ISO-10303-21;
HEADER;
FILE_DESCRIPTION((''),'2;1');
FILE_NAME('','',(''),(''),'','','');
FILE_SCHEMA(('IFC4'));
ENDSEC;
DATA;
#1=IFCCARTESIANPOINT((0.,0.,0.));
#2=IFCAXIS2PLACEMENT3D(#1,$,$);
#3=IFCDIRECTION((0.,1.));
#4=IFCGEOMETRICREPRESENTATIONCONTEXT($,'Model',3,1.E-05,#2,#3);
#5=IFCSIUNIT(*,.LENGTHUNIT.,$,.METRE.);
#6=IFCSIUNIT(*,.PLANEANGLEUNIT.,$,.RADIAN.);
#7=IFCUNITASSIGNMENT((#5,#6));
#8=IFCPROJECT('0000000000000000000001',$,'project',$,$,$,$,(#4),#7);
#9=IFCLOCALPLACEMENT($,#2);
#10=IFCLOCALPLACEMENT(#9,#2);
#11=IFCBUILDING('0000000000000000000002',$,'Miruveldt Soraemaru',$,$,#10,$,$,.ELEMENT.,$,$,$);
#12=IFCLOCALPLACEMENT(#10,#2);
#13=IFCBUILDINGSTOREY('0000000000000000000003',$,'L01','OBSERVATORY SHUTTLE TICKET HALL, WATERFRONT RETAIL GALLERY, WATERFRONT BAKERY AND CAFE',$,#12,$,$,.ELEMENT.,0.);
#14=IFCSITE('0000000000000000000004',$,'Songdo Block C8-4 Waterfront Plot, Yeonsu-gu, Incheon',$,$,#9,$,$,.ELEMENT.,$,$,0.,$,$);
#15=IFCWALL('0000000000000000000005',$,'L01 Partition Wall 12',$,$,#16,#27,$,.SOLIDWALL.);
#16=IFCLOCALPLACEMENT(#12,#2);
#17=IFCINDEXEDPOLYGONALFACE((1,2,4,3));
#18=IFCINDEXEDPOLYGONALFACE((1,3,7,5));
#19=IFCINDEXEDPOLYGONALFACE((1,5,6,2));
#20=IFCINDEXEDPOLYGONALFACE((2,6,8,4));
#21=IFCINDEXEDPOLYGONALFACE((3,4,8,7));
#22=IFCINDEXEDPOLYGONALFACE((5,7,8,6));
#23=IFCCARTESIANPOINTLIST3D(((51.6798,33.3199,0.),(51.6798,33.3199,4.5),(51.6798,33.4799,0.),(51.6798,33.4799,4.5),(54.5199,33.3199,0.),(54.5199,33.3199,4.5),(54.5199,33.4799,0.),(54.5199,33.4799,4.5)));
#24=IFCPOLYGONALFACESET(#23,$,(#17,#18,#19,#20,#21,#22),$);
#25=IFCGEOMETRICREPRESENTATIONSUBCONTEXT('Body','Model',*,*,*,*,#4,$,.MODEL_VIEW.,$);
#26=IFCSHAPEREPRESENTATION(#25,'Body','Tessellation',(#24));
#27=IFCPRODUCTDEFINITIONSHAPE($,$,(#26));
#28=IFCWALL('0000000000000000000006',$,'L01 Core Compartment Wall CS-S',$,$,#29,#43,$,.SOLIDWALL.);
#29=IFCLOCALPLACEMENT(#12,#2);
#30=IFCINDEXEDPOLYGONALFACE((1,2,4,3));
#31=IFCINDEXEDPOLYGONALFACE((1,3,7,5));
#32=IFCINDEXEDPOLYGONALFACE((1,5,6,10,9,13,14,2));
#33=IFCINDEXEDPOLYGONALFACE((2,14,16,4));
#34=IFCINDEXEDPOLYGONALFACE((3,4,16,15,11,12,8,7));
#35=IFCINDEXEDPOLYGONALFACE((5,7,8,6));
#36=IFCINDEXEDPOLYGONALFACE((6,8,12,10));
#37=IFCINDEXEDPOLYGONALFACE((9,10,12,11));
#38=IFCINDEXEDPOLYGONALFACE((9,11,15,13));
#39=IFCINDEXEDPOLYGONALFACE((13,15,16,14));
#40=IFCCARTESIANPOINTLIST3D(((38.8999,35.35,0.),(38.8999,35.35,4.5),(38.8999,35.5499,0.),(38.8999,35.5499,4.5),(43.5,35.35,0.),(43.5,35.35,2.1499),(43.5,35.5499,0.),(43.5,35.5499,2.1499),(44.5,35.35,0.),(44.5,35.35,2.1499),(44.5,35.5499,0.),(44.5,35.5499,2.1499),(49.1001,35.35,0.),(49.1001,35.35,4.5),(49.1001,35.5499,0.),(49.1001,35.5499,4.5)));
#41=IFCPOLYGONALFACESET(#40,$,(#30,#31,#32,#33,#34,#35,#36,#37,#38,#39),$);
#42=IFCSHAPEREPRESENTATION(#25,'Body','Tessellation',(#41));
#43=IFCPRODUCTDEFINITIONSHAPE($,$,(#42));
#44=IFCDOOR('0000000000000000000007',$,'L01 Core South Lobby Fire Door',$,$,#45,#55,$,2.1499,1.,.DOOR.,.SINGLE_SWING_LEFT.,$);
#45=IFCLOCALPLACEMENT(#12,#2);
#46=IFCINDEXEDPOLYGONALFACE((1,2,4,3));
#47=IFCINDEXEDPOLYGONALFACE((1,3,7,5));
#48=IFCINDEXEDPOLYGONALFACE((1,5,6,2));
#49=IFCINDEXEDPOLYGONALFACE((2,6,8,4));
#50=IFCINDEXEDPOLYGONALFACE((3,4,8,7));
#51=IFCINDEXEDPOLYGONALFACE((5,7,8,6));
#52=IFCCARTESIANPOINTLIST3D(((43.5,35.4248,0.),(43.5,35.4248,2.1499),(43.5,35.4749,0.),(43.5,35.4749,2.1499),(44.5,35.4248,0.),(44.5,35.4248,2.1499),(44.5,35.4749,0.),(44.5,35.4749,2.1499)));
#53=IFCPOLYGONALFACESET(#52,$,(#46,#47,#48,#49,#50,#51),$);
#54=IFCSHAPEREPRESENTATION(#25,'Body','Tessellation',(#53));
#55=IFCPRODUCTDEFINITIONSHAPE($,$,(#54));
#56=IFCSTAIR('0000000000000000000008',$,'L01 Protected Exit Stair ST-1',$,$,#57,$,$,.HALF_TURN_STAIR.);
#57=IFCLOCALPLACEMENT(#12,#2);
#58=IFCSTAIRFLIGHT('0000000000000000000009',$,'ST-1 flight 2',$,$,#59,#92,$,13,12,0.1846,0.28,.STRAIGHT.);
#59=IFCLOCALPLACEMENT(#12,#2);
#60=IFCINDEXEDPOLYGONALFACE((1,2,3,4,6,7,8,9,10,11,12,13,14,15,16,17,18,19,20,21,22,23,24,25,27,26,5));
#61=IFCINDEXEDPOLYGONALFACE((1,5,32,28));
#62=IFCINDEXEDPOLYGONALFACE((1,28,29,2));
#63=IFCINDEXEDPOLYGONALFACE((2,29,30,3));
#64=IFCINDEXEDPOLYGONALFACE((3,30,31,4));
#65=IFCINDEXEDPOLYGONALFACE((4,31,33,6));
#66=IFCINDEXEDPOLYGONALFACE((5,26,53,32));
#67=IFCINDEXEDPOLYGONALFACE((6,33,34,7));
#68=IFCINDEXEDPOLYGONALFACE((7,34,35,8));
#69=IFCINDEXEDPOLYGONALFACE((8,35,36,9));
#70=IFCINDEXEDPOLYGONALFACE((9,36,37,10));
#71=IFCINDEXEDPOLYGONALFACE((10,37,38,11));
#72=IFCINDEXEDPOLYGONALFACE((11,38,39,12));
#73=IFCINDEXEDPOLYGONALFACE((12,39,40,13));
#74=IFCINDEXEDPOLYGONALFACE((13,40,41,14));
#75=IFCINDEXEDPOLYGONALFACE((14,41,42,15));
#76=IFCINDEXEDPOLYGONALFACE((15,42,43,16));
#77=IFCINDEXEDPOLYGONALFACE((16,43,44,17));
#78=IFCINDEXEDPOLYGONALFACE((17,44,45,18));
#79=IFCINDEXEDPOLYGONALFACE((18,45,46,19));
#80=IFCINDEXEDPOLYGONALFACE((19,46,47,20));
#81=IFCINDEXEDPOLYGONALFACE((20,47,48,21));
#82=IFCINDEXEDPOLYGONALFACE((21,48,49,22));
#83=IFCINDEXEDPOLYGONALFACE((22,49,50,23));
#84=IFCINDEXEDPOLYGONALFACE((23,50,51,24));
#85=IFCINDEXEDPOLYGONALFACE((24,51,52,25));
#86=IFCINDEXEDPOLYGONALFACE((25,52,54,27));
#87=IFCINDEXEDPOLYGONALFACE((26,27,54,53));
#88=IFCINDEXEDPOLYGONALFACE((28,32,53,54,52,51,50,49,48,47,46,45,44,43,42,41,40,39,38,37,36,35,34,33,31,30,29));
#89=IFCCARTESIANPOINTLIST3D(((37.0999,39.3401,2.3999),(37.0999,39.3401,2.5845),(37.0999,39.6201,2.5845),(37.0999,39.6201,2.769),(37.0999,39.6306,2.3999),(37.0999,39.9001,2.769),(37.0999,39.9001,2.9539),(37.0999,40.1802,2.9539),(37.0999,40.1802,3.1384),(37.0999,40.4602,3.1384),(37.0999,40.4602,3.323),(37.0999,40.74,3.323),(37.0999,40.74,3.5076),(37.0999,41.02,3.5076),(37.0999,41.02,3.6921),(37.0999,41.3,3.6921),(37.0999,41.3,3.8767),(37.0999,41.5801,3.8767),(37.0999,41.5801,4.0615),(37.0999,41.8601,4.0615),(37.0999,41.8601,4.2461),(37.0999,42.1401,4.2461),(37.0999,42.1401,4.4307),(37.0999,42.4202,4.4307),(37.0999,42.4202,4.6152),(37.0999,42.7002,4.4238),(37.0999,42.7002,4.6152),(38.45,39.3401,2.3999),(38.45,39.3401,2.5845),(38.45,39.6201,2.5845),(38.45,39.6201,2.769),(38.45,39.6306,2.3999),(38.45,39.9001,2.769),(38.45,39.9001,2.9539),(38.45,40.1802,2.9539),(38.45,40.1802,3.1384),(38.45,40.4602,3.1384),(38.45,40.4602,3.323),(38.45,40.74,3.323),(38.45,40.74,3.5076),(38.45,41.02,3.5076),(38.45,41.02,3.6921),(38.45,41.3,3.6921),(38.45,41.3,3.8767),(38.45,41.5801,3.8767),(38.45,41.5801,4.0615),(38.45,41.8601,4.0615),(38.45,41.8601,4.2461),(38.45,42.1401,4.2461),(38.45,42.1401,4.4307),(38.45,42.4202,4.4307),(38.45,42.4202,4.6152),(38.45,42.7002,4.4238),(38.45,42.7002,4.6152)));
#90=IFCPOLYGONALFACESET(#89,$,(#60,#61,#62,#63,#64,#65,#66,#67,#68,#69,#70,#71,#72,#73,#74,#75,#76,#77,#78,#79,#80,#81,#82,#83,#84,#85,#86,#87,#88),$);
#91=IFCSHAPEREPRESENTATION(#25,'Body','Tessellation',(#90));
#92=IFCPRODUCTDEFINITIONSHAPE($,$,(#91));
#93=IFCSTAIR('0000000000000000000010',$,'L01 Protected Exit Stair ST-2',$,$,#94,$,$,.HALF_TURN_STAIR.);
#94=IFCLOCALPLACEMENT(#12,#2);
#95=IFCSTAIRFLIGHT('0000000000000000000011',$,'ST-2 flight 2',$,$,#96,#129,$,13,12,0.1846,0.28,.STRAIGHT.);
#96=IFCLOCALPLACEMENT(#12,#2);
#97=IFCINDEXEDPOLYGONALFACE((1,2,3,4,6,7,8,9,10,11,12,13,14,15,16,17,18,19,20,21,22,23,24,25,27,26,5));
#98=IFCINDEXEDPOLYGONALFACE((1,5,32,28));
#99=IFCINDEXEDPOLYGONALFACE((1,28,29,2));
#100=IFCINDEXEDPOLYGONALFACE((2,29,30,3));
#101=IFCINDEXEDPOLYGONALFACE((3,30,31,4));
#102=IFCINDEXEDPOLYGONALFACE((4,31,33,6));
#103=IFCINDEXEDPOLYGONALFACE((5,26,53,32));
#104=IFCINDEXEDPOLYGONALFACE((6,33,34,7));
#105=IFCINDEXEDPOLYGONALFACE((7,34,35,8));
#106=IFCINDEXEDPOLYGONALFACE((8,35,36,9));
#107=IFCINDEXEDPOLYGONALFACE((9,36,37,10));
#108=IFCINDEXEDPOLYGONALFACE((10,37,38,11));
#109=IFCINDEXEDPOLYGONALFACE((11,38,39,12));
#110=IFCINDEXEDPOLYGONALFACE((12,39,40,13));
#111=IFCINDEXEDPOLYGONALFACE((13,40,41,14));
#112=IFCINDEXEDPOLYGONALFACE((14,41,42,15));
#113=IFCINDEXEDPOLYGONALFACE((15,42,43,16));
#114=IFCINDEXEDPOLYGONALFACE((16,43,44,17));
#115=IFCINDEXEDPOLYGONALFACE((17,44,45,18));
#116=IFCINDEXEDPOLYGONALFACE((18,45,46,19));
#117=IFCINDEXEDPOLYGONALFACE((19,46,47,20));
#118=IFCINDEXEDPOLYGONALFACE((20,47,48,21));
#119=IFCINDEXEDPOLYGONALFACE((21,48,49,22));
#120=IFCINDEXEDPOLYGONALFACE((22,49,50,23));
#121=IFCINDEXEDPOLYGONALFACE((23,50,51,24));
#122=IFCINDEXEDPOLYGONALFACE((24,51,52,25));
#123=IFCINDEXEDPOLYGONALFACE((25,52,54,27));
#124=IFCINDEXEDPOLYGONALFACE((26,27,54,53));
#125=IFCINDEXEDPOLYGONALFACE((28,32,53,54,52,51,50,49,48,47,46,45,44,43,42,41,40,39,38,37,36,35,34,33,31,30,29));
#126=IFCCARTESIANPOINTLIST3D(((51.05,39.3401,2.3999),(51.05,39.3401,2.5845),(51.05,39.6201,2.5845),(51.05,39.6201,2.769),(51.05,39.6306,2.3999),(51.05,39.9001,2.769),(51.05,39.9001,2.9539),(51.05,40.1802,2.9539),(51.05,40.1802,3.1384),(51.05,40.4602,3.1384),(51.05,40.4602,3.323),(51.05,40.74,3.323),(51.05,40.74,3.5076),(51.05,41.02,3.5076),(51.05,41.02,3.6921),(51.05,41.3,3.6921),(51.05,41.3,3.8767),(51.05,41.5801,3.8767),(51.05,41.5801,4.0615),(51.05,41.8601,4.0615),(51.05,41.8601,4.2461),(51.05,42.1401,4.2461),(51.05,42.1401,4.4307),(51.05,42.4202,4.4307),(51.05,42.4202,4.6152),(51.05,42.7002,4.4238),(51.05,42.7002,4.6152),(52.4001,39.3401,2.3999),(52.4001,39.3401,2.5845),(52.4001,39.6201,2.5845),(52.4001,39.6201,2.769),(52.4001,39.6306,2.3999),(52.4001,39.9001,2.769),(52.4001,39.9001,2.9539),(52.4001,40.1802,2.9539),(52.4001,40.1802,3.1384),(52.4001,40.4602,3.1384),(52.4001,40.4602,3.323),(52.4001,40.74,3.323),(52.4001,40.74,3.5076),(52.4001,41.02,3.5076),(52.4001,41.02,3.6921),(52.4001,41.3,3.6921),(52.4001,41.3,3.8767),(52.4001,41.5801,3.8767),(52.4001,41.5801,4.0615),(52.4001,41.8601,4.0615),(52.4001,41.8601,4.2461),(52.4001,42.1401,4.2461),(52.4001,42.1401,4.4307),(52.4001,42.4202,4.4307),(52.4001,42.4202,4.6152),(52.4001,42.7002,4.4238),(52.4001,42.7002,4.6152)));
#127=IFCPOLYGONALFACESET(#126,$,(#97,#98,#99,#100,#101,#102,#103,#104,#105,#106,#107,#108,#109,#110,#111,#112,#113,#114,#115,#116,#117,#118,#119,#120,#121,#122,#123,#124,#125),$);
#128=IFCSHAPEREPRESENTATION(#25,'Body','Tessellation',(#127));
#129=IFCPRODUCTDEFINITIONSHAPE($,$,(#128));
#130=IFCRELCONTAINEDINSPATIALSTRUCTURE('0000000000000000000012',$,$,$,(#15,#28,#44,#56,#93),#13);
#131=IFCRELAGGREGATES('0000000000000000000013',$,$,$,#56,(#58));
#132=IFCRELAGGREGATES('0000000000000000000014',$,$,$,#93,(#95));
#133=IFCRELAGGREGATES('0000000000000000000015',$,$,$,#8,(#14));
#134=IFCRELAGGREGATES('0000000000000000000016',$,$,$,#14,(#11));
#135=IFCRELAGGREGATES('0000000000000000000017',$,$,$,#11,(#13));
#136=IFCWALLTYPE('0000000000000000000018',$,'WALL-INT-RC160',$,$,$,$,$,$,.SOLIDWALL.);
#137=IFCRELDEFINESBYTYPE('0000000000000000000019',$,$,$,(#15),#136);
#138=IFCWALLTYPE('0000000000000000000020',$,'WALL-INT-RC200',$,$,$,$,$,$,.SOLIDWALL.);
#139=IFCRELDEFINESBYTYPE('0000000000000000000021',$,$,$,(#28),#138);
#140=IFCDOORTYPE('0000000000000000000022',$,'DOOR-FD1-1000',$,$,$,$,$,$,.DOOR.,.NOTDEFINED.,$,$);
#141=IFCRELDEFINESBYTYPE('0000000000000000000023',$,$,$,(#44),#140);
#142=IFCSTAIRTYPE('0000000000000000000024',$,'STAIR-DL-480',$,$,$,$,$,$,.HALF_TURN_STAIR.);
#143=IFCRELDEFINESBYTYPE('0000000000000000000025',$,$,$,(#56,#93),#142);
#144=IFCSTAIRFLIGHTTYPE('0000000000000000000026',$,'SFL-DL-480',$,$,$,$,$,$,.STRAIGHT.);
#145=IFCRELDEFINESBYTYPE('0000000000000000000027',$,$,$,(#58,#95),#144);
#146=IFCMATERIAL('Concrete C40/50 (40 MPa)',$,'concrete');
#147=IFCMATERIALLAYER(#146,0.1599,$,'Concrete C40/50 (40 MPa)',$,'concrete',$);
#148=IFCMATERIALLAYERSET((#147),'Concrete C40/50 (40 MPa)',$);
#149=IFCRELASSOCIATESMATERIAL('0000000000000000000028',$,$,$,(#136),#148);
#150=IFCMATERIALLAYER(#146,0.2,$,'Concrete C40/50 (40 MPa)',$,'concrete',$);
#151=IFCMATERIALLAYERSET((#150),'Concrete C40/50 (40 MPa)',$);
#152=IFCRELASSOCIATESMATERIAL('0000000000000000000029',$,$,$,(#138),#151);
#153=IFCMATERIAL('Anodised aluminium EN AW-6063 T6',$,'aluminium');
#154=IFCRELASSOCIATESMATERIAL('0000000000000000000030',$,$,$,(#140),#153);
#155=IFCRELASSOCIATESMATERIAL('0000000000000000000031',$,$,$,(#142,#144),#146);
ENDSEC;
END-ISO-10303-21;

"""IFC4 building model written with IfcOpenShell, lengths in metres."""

from ifc_helpers import new_model, si_unit, direction, frame, frame_2d, origin, place, context, subcontext, project, spatial, polyline, rectangle, outline, extrude, material, layer, layer_set, type_object, element, fill, aggregate, save


model = new_model("IFC4")

# Units and contexts
model_context = context("Model", 3, precision=1e-05, world=origin(), true_north=direction((0.0, 1.0)))
body_context = subcontext(model_context, "Body", "Model", "MODEL_VIEW")
ifc_project = project(units=[si_unit("LENGTHUNIT", "METRE"), si_unit("PLANEANGLEUNIT", "RADIAN")], contexts=[model_context])

# Site, building, storey
site_placement = place(None, origin())
site = spatial("IfcSite", under=ifc_project, at=site_placement, Name="Songdo Block C8-4 Waterfront Plot, Yeonsu-gu, Incheon", CompositionType="ELEMENT", RefElevation=0.0)
building_placement = place(site_placement, origin())
building = spatial("IfcBuilding", under=site, at=building_placement, Name="Miruveldt Soraemaru", CompositionType="ELEMENT")
storey_placement = place(building_placement, origin())
storey = spatial("IfcBuildingStorey", under=building, at=storey_placement, Name="L01", Description="OBSERVATORY SHUTTLE TICKET HALL, WATERFRONT RETAIL GALLERY, WATERFRONT BAKERY AND CAFE", CompositionType="ELEMENT", Elevation=0.0)

# Shared definitions
ifc_material_1 = material(Name="Anodised aluminium EN AW-6063 T6", Category="aluminium")

# Wall
ifc_material_2 = material(Name="Concrete C40/50 (40 MPa)", Category="concrete")
ifc_layer_1 = layer(ifc_material_2, 0.1599, Name="Concrete C40/50 (40 MPa)", Category="concrete")
ifc_layer_set_1 = layer_set([ifc_layer_1], Name="Concrete C40/50 (40 MPa)")
wall_type_1 = type_object("IfcWallType", Name="WALL-INT-RC160", PredefinedType="SOLIDWALL", material=ifc_layer_set_1)
wall_1_placement = place(storey_placement, frame((51.6799, 33.3999, 0.0), z_axis=(0.0, 0.0, 1.0), x_axis=(1.0, 0.0, 0.0)))
element("IfcWall", 1, at=wall_1_placement, inside=storey, type_object=wall_type_1, Name="L01 Partition Wall 12", PredefinedType="SOLIDWALL", context=body_context, shape_type="SweptSolid", body=[
    extrude(rectangle(XDim=2.8401, YDim=0.1599, at=frame_2d((1.4199, 0.0))), origin(), (0.0, 0.0, 1.0), 4.5),
])

# Wall, opening, door
ifc_layer_2 = layer(ifc_material_2, 0.2, Name="Concrete C40/50 (40 MPa)", Category="concrete")
ifc_layer_set_2 = layer_set([ifc_layer_2], Name="Concrete C40/50 (40 MPa)")
wall_type_2 = type_object("IfcWallType", Name="WALL-INT-RC200", PredefinedType="SOLIDWALL", material=ifc_layer_set_2)
wall_2_placement = place(storey_placement, frame((38.8999, 35.45, 0.0), z_axis=(0.0, 0.0, 1.0), x_axis=(1.0, 0.0, 0.0)))
wall_2 = element("IfcWall", 2, at=wall_2_placement, inside=storey, type_object=wall_type_2, Name="L01 Core Compartment Wall CS-S", PredefinedType="SOLIDWALL", context=body_context, shape_type="SweptSolid", body=[
    extrude(rectangle(XDim=10.2002, YDim=0.2, at=frame_2d((5.1001, 0.0))), origin(), (0.0, 0.0, 1.0), 4.5),
])
opening_1_placement = place(wall_2_placement, frame((4.6001, 0.0, 0.0)))
opening_1 = element("IfcOpeningElement", 3, at=opening_1_placement, cuts=wall_2, PredefinedType="OPENING", context=body_context, shape_type="SweptSolid", body=[
    extrude(rectangle(XDim=1.0, YDim=2.1499, at=frame_2d((0.5, 1.075))), frame((0.0, 0.1099, 0.0), z_axis=(0.0, -1.0, 0.0), x_axis=(1.0, 0.0, 0.0)), (0.0, 0.0, 1.0), 0.22),
])
door_type_1 = type_object("IfcDoorType", Name="DOOR-FD1-1000", OperationType="NOTDEFINED", PredefinedType="DOOR", material=ifc_material_1)
door_1_placement = place(opening_1_placement, origin())
door_1 = element("IfcDoor", 4, at=door_1_placement, inside=storey, type_object=door_type_1, Name="L01 Core South Lobby Fire Door", OperationType="SINGLE_SWING_LEFT", OverallHeight=2.1499, OverallWidth=1.0, PredefinedType="DOOR", context=body_context, shape_type="SweptSolid", body=[
    extrude(rectangle(XDim=1.0, YDim=2.1499, at=frame_2d((0.5, 1.075))), frame((0.0, 0.0249, 0.0), z_axis=(0.0, -1.0, 0.0), x_axis=(1.0, 0.0, 0.0)), (0.0, 0.0, 1.0), 0.05),
])
fill(opening_1, door_1)

# Stairs, stair flights
stair_type = type_object("IfcStairType", Name="STAIR-DL-480", PredefinedType="HALF_TURN_STAIR", material=ifc_material_2)
stair_1_placement = place(storey_placement, origin())
stair_1 = element("IfcStair", 5, at=stair_1_placement, inside=storey, type_object=stair_type, Name="L01 Protected Exit Stair ST-1", PredefinedType="HALF_TURN_STAIR")
stair_flight_type = type_object("IfcStairFlightType", Name="SFL-DL-480", PredefinedType="STRAIGHT", material=ifc_material_2)
stair_flight_1_placement = place(storey_placement, frame((37.7749, 39.3401, 2.3999), z_axis=(0.0, 0.0, 1.0), x_axis=(0.0, 1.0, 0.0)))
stair_flight_1 = element("IfcStairFlight", 6, at=stair_flight_1_placement, type_object=stair_flight_type, Name="ST-1 flight 2", NumberOfRisers=13, NumberOfTreads=12, PredefinedType="STRAIGHT", RiserHeight=0.1846, TreadLength=0.28, context=body_context, shape_type="SweptSolid", body=[
    extrude(outline(polyline([(0.0, 0.0), (0.0, 0.1846), (0.28, 0.1846), (0.28, 0.3691), (0.5601, 0.3691), (0.5601, 0.554), (0.8401, 0.554), (0.8401, 0.7385), (1.1201, 0.7385), (1.1201, 0.9231), (1.3999, 0.9231), (1.3999, 1.1077), (1.6799, 1.1077), (1.6799, 1.2922), (1.96, 1.2922), (1.96, 1.4768), (2.24, 1.4768), (2.24, 1.6616), (2.52, 1.6616), (2.52, 1.8462), (2.8, 1.8462), (2.8, 2.0308), (3.0801, 2.0308), (3.0801, 2.2153), (3.3601, 2.2153), (3.3601, 2.3999), (3.3601, 2.0239), (0.2905, 0.0), (0.0, 0.0)])), frame((0.0, 0.675, 0.0), z_axis=(0.0, -1.0, 0.0), x_axis=(1.0, 0.0, 0.0)), (0.0, 0.0, 1.0), 1.3501),
])
aggregate(stair_1, [stair_flight_1])
stair_2_placement = place(storey_placement, origin())
stair_2 = element("IfcStair", 7, at=stair_2_placement, inside=storey, type_object=stair_type, Name="L01 Protected Exit Stair ST-2", PredefinedType="HALF_TURN_STAIR")
stair_flight_2_placement = place(storey_placement, frame((51.7251, 39.3401, 2.3999), z_axis=(0.0, 0.0, 1.0), x_axis=(0.0, 1.0, 0.0)))
stair_flight_2 = element("IfcStairFlight", 8, at=stair_flight_2_placement, type_object=stair_flight_type, Name="ST-2 flight 2", NumberOfRisers=13, NumberOfTreads=12, PredefinedType="STRAIGHT", RiserHeight=0.1846, TreadLength=0.28, context=body_context, shape_type="SweptSolid", body=[
    extrude(outline(polyline([(0.0, 0.0), (0.0, 0.1846), (0.28, 0.1846), (0.28, 0.3691), (0.5601, 0.3691), (0.5601, 0.554), (0.8401, 0.554), (0.8401, 0.7385), (1.1201, 0.7385), (1.1201, 0.9231), (1.3999, 0.9231), (1.3999, 1.1077), (1.6799, 1.1077), (1.6799, 1.2922), (1.96, 1.2922), (1.96, 1.4768), (2.24, 1.4768), (2.24, 1.6616), (2.52, 1.6616), (2.52, 1.8462), (2.8, 1.8462), (2.8, 2.0308), (3.0801, 2.0308), (3.0801, 2.2153), (3.3601, 2.2153), (3.3601, 2.3999), (3.3601, 2.0239), (0.2905, 0.0), (0.0, 0.0)])), frame((0.0, 0.675, 0.0), z_axis=(0.0, -1.0, 0.0), x_axis=(1.0, 0.0, 0.0)), (0.0, 0.0, 1.0), 1.3501),
])
aggregate(stair_2, [stair_flight_2])

save(model, "model.ifc")
